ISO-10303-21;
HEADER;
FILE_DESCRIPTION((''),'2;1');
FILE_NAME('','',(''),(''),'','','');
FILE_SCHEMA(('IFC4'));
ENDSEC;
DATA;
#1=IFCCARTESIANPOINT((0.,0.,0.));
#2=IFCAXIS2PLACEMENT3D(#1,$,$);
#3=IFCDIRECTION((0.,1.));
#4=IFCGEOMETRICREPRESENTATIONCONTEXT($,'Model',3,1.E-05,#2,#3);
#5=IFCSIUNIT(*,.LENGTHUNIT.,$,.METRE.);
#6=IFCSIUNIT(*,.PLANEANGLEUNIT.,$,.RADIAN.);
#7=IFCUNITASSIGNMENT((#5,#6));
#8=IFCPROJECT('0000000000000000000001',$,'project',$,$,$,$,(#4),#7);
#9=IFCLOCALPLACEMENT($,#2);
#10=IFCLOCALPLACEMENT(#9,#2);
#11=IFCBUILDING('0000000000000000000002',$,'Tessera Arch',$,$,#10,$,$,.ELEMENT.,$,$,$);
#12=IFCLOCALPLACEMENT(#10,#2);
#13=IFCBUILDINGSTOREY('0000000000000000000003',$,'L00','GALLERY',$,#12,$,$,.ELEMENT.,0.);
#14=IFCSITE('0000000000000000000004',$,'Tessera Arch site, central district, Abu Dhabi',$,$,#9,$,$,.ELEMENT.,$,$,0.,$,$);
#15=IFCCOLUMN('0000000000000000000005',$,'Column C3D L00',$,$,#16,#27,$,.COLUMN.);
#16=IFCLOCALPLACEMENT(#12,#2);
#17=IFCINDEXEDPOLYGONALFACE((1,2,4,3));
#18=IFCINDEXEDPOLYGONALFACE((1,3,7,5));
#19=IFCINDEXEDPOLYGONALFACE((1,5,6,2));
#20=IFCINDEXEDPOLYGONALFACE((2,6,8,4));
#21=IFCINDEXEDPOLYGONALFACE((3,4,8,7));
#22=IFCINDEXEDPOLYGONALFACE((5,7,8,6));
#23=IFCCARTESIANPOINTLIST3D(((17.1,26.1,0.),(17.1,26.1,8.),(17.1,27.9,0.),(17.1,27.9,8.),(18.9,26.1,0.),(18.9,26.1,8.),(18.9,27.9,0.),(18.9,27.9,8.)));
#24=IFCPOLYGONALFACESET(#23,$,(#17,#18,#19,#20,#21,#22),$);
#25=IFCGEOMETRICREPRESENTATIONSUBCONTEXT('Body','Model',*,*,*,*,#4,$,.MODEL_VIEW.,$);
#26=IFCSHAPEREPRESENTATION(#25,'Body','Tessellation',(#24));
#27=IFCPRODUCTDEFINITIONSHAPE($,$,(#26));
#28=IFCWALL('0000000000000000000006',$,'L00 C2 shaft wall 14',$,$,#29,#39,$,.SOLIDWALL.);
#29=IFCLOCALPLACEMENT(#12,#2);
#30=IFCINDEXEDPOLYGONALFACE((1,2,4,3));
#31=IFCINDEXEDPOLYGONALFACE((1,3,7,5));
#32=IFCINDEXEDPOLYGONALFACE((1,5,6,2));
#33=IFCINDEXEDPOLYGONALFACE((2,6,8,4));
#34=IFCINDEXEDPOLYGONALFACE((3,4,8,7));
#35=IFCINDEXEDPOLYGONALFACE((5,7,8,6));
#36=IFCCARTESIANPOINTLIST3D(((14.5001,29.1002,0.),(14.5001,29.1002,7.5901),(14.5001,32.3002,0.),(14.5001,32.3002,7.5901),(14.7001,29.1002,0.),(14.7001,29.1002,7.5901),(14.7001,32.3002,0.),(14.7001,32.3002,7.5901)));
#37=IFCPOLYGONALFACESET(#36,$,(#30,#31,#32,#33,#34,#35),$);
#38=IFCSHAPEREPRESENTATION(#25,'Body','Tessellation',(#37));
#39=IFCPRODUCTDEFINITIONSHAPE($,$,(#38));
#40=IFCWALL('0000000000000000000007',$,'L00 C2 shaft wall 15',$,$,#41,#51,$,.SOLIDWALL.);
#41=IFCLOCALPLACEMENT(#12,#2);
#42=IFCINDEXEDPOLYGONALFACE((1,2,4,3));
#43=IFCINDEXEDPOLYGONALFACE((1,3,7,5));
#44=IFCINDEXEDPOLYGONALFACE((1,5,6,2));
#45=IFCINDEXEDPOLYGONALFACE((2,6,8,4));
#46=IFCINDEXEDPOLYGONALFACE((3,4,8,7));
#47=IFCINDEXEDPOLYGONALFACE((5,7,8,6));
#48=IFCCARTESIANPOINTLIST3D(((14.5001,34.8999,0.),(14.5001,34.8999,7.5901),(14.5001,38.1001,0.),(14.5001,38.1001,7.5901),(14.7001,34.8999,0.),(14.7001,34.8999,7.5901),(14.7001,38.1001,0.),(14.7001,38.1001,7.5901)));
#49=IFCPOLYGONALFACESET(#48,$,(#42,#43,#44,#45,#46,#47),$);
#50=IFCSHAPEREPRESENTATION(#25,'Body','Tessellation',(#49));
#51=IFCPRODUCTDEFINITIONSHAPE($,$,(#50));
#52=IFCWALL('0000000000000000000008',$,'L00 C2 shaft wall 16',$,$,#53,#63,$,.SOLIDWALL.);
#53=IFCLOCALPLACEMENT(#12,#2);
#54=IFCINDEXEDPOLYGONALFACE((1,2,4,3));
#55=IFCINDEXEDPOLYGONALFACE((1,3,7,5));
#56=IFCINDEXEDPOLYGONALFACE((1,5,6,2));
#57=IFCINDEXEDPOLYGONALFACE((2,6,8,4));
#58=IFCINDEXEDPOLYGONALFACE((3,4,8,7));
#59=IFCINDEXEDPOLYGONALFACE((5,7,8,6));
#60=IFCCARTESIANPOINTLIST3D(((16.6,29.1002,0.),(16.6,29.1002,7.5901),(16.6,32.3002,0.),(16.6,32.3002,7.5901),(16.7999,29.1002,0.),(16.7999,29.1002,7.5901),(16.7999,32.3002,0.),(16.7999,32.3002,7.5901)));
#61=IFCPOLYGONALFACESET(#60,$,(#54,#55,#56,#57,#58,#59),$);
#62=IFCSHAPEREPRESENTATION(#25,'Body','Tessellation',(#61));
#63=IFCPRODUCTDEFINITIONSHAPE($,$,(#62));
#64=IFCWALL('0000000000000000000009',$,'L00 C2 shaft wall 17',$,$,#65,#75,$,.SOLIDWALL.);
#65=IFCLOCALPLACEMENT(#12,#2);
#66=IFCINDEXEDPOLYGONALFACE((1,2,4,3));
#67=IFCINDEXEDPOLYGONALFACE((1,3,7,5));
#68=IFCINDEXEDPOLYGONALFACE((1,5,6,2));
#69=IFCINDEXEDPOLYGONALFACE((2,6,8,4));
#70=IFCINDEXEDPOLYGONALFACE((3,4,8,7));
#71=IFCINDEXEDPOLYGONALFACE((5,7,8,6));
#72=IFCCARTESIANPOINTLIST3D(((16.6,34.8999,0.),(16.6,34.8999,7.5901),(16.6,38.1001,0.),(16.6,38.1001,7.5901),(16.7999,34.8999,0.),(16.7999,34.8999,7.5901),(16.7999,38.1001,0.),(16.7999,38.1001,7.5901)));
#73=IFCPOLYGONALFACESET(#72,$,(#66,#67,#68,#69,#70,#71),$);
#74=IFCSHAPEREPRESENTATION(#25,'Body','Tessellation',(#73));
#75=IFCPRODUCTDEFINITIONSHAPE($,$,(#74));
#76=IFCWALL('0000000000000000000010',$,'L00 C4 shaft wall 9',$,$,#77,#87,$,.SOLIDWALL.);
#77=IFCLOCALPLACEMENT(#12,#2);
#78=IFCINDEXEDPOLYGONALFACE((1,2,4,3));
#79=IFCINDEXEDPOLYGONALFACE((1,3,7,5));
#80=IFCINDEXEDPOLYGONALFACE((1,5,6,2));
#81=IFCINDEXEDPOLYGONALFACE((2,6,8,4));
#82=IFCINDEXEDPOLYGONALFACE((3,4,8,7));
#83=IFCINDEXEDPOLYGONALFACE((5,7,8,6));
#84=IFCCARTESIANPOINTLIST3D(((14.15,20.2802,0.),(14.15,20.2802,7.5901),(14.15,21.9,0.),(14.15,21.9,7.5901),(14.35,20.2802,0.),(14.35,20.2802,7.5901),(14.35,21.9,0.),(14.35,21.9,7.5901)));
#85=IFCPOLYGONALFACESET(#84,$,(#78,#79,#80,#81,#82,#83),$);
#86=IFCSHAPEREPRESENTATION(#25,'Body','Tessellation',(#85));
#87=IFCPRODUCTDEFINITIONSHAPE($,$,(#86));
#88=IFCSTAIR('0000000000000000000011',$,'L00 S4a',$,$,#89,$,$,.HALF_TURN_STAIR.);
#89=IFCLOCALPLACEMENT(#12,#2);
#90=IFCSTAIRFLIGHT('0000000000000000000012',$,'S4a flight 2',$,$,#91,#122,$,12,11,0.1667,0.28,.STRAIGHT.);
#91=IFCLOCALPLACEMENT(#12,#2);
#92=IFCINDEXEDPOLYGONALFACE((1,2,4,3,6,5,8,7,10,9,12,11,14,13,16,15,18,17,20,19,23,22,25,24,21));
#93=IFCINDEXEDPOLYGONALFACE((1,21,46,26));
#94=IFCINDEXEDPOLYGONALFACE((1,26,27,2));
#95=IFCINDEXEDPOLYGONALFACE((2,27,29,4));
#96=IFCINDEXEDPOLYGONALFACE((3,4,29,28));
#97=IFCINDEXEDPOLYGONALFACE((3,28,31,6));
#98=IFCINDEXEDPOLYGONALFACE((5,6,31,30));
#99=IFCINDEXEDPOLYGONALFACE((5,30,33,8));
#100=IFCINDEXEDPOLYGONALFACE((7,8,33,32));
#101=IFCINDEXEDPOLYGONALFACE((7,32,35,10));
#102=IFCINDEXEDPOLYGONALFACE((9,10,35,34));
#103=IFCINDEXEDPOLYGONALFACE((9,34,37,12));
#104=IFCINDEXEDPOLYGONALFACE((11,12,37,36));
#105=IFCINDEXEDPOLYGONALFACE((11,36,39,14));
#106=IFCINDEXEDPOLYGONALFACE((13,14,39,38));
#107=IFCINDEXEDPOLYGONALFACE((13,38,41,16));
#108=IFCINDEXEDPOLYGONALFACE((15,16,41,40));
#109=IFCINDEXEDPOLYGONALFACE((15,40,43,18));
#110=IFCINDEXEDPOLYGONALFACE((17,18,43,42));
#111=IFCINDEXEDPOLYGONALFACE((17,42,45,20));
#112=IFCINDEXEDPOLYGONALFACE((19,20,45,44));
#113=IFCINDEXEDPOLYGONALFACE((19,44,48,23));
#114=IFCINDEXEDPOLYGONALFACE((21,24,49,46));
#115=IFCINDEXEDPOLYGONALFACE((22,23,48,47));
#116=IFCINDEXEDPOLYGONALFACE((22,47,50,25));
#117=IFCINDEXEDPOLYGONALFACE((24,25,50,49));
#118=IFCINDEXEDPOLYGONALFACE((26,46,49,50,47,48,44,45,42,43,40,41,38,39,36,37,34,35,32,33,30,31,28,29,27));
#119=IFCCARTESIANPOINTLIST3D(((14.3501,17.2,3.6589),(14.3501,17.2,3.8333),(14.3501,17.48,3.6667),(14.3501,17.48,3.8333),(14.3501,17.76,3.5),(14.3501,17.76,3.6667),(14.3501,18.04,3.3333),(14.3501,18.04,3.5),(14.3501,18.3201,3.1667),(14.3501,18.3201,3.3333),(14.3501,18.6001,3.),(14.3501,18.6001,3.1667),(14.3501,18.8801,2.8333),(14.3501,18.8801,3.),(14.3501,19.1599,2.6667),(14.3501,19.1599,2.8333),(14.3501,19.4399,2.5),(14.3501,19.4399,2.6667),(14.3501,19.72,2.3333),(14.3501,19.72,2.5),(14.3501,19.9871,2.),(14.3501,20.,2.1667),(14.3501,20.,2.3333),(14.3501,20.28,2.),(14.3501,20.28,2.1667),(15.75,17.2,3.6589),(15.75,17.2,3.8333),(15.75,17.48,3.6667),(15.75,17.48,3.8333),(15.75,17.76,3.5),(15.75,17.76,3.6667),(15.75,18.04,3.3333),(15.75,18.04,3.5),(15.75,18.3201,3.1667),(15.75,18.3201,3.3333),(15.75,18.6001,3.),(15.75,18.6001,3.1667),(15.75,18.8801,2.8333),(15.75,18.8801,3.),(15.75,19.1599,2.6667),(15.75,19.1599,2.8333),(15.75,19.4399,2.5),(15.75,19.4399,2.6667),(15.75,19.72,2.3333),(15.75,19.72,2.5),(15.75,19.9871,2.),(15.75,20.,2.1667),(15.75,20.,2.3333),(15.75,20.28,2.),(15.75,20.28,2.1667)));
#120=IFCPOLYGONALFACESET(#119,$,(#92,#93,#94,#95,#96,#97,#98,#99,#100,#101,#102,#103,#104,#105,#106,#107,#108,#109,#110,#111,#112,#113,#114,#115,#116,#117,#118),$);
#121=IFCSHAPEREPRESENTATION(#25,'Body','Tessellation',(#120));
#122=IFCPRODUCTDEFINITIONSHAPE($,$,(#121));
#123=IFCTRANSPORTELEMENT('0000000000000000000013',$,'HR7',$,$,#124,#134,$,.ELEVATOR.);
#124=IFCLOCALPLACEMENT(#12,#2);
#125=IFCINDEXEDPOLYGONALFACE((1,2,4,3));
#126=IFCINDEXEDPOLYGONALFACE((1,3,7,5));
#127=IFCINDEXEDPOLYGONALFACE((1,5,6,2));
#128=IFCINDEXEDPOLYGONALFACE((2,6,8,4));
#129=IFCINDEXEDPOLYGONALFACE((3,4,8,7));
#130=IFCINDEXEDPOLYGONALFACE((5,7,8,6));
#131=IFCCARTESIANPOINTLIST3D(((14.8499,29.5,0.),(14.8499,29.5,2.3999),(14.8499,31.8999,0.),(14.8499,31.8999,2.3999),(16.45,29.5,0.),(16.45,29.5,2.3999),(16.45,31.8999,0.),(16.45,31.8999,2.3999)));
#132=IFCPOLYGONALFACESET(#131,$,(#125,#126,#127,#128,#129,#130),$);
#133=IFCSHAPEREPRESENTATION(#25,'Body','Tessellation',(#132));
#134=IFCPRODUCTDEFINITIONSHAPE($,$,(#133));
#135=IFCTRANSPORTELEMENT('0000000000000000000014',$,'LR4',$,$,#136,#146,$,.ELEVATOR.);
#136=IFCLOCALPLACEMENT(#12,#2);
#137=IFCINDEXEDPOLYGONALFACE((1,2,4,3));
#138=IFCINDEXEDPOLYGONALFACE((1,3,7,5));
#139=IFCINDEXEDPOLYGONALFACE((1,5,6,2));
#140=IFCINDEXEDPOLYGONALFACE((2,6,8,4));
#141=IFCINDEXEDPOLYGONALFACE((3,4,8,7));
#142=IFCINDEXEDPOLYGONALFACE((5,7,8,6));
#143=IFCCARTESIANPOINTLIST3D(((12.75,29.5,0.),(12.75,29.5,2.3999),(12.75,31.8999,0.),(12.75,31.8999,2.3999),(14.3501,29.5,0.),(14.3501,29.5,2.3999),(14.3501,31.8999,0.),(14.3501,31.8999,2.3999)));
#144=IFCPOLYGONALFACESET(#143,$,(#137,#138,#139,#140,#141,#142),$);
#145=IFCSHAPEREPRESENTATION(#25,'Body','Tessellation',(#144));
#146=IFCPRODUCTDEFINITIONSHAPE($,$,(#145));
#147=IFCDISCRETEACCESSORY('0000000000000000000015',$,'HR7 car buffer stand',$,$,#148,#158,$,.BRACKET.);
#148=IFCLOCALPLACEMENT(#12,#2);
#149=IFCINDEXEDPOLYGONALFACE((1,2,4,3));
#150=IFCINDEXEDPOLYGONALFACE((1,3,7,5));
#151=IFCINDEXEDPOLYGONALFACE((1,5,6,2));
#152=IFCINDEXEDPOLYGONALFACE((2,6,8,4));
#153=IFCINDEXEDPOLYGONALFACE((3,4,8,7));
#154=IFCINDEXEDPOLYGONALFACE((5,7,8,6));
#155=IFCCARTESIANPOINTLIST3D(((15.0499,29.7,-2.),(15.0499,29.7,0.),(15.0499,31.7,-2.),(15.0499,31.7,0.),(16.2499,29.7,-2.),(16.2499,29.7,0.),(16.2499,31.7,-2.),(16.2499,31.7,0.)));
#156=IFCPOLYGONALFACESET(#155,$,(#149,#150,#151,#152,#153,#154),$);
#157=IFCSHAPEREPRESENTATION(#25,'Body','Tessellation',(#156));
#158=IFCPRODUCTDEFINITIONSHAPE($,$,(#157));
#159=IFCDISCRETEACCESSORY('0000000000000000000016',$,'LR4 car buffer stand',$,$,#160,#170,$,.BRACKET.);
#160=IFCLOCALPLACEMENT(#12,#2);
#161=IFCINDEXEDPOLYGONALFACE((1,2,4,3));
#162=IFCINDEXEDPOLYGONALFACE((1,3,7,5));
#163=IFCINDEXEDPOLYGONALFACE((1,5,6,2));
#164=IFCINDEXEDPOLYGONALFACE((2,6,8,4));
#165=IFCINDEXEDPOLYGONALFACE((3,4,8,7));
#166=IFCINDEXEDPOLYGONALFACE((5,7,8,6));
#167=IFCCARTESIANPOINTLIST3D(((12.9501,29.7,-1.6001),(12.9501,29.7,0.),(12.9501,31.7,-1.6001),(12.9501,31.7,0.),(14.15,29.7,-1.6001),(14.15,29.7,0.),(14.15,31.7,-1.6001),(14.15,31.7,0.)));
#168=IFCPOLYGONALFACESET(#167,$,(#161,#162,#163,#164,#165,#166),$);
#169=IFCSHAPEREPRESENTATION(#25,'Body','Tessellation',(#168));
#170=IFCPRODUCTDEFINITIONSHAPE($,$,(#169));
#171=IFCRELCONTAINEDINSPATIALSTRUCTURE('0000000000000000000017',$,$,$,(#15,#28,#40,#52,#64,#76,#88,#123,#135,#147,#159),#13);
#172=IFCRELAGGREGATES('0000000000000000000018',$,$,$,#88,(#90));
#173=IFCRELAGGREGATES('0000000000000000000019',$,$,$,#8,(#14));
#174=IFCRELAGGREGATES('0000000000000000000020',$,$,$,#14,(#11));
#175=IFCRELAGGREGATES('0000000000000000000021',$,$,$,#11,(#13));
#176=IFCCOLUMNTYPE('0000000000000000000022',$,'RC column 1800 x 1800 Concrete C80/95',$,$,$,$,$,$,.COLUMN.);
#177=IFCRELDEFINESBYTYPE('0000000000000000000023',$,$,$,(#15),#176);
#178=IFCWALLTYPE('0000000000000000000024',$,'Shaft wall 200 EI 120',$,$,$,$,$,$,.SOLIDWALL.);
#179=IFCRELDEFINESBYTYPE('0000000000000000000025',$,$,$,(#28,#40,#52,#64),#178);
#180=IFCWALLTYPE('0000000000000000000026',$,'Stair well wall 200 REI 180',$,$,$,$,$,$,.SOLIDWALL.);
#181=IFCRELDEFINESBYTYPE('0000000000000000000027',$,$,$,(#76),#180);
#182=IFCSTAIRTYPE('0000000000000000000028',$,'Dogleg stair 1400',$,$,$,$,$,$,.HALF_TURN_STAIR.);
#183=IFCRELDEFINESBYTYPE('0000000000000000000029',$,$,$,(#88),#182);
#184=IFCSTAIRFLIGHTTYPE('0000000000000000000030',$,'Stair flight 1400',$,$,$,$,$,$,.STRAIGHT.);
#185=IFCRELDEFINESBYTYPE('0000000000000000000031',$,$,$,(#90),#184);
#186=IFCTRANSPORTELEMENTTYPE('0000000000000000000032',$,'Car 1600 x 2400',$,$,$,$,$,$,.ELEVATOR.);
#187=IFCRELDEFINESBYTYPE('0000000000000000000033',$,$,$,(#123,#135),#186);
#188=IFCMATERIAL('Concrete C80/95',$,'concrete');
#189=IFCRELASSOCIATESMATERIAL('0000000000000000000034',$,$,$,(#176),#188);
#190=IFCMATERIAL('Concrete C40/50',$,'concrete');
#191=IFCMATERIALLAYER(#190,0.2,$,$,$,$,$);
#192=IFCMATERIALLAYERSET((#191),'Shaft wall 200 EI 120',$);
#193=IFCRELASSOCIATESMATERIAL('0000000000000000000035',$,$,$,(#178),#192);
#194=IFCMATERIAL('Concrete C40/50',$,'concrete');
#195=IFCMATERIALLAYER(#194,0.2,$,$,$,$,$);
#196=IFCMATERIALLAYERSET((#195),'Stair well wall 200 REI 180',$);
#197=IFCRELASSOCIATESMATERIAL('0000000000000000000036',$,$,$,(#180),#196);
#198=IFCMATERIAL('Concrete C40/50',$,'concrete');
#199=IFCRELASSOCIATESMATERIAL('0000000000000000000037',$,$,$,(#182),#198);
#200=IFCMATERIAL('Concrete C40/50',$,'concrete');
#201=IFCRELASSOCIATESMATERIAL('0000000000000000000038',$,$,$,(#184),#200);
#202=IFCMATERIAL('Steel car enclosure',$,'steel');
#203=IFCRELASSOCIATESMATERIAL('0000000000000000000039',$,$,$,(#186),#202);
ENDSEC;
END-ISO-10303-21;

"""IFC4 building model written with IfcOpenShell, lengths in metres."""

from ifc_helpers import new_model, si_unit, direction, frame, frame_2d, origin, origin_2d, place, context, subcontext, project, spatial, polyline, rectangle, outline, extrude, material, layer, layer_set, material_profile, profile_set, type_object, element, aggregate, save


model = new_model("IFC4")

# Units and contexts
model_context = context("Model", 3, precision=1e-05, world=origin(), true_north=direction((0.0, 1.0)))
body_context = subcontext(model_context, "Body", "Model", "MODEL_VIEW")
ifc_project = project(units=[si_unit("LENGTHUNIT", "METRE"), si_unit("PLANEANGLEUNIT", "RADIAN")], contexts=[model_context])

# Site, building, storey
site_placement = place(None, origin())
site = spatial("IfcSite", under=ifc_project, at=site_placement, Name="Tessera Arch site, central district, Abu Dhabi", CompositionType="ELEMENT", RefElevation=0.0)
building_placement = place(site_placement, origin())
building = spatial("IfcBuilding", under=site, at=building_placement, Name="Tessera Arch", CompositionType="ELEMENT")
storey_placement = place(building_placement, origin())
storey = spatial("IfcBuildingStorey", under=building, at=storey_placement, Name="L00", Description="GALLERY", CompositionType="ELEMENT", Elevation=0.0)

# Column
ifc_material_1 = material(Name="Concrete C80/95", Category="concrete")
ifc_material_profile = material_profile(ifc_material_1, rectangle(XDim=1.8, YDim=1.8, at=origin_2d()), Name="RC column 1800 x 1800 Concrete C80/95")
ifc_profile_set = profile_set([ifc_material_profile], Name="Concrete C80/95")
column_type = type_object("IfcColumnType", Name="RC column 1800 x 1800 Concrete C80/95", PredefinedType="COLUMN", material=ifc_profile_set)
column_placement = place(storey_placement, frame((18.0, 27.0, 0.0), z_axis=(0.0, 0.0, 1.0), x_axis=(1.0, 0.0, 0.0)))
element("IfcColumn", 1, at=column_placement, inside=storey, type_object=column_type, Name="Column C3D L00", PredefinedType="COLUMN", context=body_context, shape_type="SweptSolid", body=[
    extrude(rectangle(XDim=1.8, YDim=1.8, at=origin_2d()), origin(), (0.0, 0.0, 1.0), 8.0),
])

# Walls
ifc_material_2 = material(Name="Concrete C40/50", Category="concrete")
ifc_layer_1 = layer(ifc_material_2, 0.2)
ifc_layer_set_1 = layer_set([ifc_layer_1], Name="Shaft wall 200 EI 120")
wall_type_1 = type_object("IfcWallType", Name="Shaft wall 200 EI 120", PredefinedType="SOLIDWALL", material=ifc_layer_set_1)
wall_1_placement = place(storey_placement, frame((14.6001, 29.1001, 0.0), z_axis=(0.0, 0.0, 1.0), x_axis=(0.0, 1.0, 0.0)))
element("IfcWall", 2, at=wall_1_placement, inside=storey, type_object=wall_type_1, Name="L00 C2 shaft wall 14", PredefinedType="SOLIDWALL", context=body_context, shape_type="SweptSolid", body=[
    extrude(rectangle(XDim=3.2, YDim=0.2, at=frame_2d((1.6001, 0.0))), origin(), (0.0, 0.0, 1.0), 7.5901),
])
wall_2_placement = place(storey_placement, frame((14.6001, 34.8999, 0.0), z_axis=(0.0, 0.0, 1.0), x_axis=(0.0, 1.0, 0.0)))
element("IfcWall", 3, at=wall_2_placement, inside=storey, type_object=wall_type_1, Name="L00 C2 shaft wall 15", PredefinedType="SOLIDWALL", context=body_context, shape_type="SweptSolid", body=[
    extrude(rectangle(XDim=3.2002, YDim=0.2, at=frame_2d((1.6001, 0.0))), origin(), (0.0, 0.0, 1.0), 7.5901),
])
wall_3_placement = place(storey_placement, frame((16.7, 29.1001, 0.0), z_axis=(0.0, 0.0, 1.0), x_axis=(0.0, 1.0, 0.0)))
element("IfcWall", 4, at=wall_3_placement, inside=storey, type_object=wall_type_1, Name="L00 C2 shaft wall 16", PredefinedType="SOLIDWALL", context=body_context, shape_type="SweptSolid", body=[
    extrude(rectangle(XDim=3.2, YDim=0.2, at=frame_2d((1.6001, 0.0))), origin(), (0.0, 0.0, 1.0), 7.5901),
])
wall_4_placement = place(storey_placement, frame((16.7, 34.8999, 0.0), z_axis=(0.0, 0.0, 1.0), x_axis=(0.0, 1.0, 0.0)))
element("IfcWall", 5, at=wall_4_placement, inside=storey, type_object=wall_type_1, Name="L00 C2 shaft wall 17", PredefinedType="SOLIDWALL", context=body_context, shape_type="SweptSolid", body=[
    extrude(rectangle(XDim=3.2002, YDim=0.2, at=frame_2d((1.6001, 0.0))), origin(), (0.0, 0.0, 1.0), 7.5901),
])
ifc_material_3 = material(Name="Concrete C40/50", Category="concrete")
ifc_layer_2 = layer(ifc_material_3, 0.2)
ifc_layer_set_2 = layer_set([ifc_layer_2], Name="Stair well wall 200 REI 180")
wall_type_2 = type_object("IfcWallType", Name="Stair well wall 200 REI 180", PredefinedType="SOLIDWALL", material=ifc_layer_set_2)
wall_5_placement = place(storey_placement, frame((14.25, 20.28, 0.0), z_axis=(0.0, 0.0, 1.0), x_axis=(0.0, 1.0, 0.0)))
element("IfcWall", 6, at=wall_5_placement, inside=storey, type_object=wall_type_2, Name="L00 C4 shaft wall 9", PredefinedType="SOLIDWALL", context=body_context, shape_type="SweptSolid", body=[
    extrude(rectangle(XDim=1.6199, YDim=0.2, at=frame_2d((0.8101, 0.0))), origin(), (0.0, 0.0, 1.0), 7.5901),
])

# Stair, stair flight
ifc_material_4 = material(Name="Concrete C40/50", Category="concrete")
stair_type = type_object("IfcStairType", Name="Dogleg stair 1400", PredefinedType="HALF_TURN_STAIR", material=ifc_material_4)
stair_placement = place(storey_placement, origin())
stair = element("IfcStair", 7, at=stair_placement, inside=storey, type_object=stair_type, Name="L00 S4a", PredefinedType="HALF_TURN_STAIR")
ifc_material_5 = material(Name="Concrete C40/50", Category="concrete")
stair_flight_type = type_object("IfcStairFlightType", Name="Stair flight 1400", PredefinedType="STRAIGHT", material=ifc_material_5)
stair_flight_placement = place(storey_placement, frame((15.05, 20.28, 2.0), z_axis=(0.0, 0.0, 1.0), x_axis=(0.0, -1.0, 0.0)))
stair_flight = element("IfcStairFlight", 8, at=stair_flight_placement, type_object=stair_flight_type, Name="S4a flight 2", NumberOfRisers=12, NumberOfTreads=11, PredefinedType="STRAIGHT", RiserHeight=0.1667, TreadLength=0.28, context=body_context, shape_type="SweptSolid", body=[
    extrude(outline(polyline([(0.0, 0.0), (0.0, 0.1667), (0.28, 0.1667), (0.28, 0.3333), (0.5601, 0.3333), (0.5601, 0.5), (0.8401, 0.5), (0.8401, 0.6667), (1.1201, 0.6667), (1.1201, 0.8333), (1.3999, 0.8333), (1.3999, 1.0), (1.6799, 1.0), (1.6799, 1.1667), (1.96, 1.1667), (1.96, 1.3333), (2.24, 1.3333), (2.24, 1.5), (2.52, 1.5), (2.52, 1.6667), (2.8, 1.6667), (2.8, 1.8333), (3.0801, 1.8333), (3.0801, 2.0), (3.0801, 1.6589), (0.293, 0.0), (0.0, 0.0)])), frame((0.0, 0.7, 0.0), z_axis=(0.0, -1.0, 0.0), x_axis=(1.0, 0.0, 0.0)), (0.0, 0.0, 1.0), 1.3999),
])
aggregate(stair, [stair_flight])

# Transport elements
ifc_material_6 = material(Name="Steel car enclosure", Category="steel")
transport_element_type = type_object("IfcTransportElementType", Name="Car 1600 x 2400", PredefinedType="ELEVATOR", material=ifc_material_6)
for number, where, z_axis, x_axis, name in (
    (9, (15.6499, 30.7, 0.0), (0.0, 0.0, 1.0), (1.0, 0.0, 0.0), "HR7"),
    (10, (13.55, 30.7, 0.0), (0.0, 0.0, 1.0), (1.0, 0.0, 0.0), "LR4"),
):
    element("IfcTransportElement", number, at=place(storey_placement, frame(where, z_axis=z_axis, x_axis=x_axis)), inside=storey, type_object=transport_element_type, Name=name, PredefinedType="ELEVATOR", context=body_context, shape_type="SweptSolid", body=[
        extrude(rectangle(XDim=1.6001, YDim=2.3999, at=origin_2d()), origin(), (0.0, 0.0, 1.0), 2.3999),
    ])

# Discrete accessories
discrete_accessory_1_placement = place(storey_placement, frame((15.6499, 30.7, -2.0), z_axis=(0.0, 0.0, 1.0), x_axis=(1.0, 0.0, 0.0)))
element("IfcDiscreteAccessory", 11, at=discrete_accessory_1_placement, inside=storey, Name="HR7 car buffer stand", PredefinedType="BRACKET", context=body_context, shape_type="SweptSolid", body=[
    extrude(rectangle(XDim=1.2, YDim=2.0, at=origin_2d()), origin(), (0.0, 0.0, 1.0), 2.0),
])
discrete_accessory_2_placement = place(storey_placement, frame((13.55, 30.7, -1.6001), z_axis=(0.0, 0.0, 1.0), x_axis=(1.0, 0.0, 0.0)))
element("IfcDiscreteAccessory", 12, at=discrete_accessory_2_placement, inside=storey, Name="LR4 car buffer stand", PredefinedType="BRACKET", context=body_context, shape_type="SweptSolid", body=[
    extrude(rectangle(XDim=1.2, YDim=2.0, at=origin_2d()), origin(), (0.0, 0.0, 1.0), 1.6001),
])

save(model, "model.ifc")
